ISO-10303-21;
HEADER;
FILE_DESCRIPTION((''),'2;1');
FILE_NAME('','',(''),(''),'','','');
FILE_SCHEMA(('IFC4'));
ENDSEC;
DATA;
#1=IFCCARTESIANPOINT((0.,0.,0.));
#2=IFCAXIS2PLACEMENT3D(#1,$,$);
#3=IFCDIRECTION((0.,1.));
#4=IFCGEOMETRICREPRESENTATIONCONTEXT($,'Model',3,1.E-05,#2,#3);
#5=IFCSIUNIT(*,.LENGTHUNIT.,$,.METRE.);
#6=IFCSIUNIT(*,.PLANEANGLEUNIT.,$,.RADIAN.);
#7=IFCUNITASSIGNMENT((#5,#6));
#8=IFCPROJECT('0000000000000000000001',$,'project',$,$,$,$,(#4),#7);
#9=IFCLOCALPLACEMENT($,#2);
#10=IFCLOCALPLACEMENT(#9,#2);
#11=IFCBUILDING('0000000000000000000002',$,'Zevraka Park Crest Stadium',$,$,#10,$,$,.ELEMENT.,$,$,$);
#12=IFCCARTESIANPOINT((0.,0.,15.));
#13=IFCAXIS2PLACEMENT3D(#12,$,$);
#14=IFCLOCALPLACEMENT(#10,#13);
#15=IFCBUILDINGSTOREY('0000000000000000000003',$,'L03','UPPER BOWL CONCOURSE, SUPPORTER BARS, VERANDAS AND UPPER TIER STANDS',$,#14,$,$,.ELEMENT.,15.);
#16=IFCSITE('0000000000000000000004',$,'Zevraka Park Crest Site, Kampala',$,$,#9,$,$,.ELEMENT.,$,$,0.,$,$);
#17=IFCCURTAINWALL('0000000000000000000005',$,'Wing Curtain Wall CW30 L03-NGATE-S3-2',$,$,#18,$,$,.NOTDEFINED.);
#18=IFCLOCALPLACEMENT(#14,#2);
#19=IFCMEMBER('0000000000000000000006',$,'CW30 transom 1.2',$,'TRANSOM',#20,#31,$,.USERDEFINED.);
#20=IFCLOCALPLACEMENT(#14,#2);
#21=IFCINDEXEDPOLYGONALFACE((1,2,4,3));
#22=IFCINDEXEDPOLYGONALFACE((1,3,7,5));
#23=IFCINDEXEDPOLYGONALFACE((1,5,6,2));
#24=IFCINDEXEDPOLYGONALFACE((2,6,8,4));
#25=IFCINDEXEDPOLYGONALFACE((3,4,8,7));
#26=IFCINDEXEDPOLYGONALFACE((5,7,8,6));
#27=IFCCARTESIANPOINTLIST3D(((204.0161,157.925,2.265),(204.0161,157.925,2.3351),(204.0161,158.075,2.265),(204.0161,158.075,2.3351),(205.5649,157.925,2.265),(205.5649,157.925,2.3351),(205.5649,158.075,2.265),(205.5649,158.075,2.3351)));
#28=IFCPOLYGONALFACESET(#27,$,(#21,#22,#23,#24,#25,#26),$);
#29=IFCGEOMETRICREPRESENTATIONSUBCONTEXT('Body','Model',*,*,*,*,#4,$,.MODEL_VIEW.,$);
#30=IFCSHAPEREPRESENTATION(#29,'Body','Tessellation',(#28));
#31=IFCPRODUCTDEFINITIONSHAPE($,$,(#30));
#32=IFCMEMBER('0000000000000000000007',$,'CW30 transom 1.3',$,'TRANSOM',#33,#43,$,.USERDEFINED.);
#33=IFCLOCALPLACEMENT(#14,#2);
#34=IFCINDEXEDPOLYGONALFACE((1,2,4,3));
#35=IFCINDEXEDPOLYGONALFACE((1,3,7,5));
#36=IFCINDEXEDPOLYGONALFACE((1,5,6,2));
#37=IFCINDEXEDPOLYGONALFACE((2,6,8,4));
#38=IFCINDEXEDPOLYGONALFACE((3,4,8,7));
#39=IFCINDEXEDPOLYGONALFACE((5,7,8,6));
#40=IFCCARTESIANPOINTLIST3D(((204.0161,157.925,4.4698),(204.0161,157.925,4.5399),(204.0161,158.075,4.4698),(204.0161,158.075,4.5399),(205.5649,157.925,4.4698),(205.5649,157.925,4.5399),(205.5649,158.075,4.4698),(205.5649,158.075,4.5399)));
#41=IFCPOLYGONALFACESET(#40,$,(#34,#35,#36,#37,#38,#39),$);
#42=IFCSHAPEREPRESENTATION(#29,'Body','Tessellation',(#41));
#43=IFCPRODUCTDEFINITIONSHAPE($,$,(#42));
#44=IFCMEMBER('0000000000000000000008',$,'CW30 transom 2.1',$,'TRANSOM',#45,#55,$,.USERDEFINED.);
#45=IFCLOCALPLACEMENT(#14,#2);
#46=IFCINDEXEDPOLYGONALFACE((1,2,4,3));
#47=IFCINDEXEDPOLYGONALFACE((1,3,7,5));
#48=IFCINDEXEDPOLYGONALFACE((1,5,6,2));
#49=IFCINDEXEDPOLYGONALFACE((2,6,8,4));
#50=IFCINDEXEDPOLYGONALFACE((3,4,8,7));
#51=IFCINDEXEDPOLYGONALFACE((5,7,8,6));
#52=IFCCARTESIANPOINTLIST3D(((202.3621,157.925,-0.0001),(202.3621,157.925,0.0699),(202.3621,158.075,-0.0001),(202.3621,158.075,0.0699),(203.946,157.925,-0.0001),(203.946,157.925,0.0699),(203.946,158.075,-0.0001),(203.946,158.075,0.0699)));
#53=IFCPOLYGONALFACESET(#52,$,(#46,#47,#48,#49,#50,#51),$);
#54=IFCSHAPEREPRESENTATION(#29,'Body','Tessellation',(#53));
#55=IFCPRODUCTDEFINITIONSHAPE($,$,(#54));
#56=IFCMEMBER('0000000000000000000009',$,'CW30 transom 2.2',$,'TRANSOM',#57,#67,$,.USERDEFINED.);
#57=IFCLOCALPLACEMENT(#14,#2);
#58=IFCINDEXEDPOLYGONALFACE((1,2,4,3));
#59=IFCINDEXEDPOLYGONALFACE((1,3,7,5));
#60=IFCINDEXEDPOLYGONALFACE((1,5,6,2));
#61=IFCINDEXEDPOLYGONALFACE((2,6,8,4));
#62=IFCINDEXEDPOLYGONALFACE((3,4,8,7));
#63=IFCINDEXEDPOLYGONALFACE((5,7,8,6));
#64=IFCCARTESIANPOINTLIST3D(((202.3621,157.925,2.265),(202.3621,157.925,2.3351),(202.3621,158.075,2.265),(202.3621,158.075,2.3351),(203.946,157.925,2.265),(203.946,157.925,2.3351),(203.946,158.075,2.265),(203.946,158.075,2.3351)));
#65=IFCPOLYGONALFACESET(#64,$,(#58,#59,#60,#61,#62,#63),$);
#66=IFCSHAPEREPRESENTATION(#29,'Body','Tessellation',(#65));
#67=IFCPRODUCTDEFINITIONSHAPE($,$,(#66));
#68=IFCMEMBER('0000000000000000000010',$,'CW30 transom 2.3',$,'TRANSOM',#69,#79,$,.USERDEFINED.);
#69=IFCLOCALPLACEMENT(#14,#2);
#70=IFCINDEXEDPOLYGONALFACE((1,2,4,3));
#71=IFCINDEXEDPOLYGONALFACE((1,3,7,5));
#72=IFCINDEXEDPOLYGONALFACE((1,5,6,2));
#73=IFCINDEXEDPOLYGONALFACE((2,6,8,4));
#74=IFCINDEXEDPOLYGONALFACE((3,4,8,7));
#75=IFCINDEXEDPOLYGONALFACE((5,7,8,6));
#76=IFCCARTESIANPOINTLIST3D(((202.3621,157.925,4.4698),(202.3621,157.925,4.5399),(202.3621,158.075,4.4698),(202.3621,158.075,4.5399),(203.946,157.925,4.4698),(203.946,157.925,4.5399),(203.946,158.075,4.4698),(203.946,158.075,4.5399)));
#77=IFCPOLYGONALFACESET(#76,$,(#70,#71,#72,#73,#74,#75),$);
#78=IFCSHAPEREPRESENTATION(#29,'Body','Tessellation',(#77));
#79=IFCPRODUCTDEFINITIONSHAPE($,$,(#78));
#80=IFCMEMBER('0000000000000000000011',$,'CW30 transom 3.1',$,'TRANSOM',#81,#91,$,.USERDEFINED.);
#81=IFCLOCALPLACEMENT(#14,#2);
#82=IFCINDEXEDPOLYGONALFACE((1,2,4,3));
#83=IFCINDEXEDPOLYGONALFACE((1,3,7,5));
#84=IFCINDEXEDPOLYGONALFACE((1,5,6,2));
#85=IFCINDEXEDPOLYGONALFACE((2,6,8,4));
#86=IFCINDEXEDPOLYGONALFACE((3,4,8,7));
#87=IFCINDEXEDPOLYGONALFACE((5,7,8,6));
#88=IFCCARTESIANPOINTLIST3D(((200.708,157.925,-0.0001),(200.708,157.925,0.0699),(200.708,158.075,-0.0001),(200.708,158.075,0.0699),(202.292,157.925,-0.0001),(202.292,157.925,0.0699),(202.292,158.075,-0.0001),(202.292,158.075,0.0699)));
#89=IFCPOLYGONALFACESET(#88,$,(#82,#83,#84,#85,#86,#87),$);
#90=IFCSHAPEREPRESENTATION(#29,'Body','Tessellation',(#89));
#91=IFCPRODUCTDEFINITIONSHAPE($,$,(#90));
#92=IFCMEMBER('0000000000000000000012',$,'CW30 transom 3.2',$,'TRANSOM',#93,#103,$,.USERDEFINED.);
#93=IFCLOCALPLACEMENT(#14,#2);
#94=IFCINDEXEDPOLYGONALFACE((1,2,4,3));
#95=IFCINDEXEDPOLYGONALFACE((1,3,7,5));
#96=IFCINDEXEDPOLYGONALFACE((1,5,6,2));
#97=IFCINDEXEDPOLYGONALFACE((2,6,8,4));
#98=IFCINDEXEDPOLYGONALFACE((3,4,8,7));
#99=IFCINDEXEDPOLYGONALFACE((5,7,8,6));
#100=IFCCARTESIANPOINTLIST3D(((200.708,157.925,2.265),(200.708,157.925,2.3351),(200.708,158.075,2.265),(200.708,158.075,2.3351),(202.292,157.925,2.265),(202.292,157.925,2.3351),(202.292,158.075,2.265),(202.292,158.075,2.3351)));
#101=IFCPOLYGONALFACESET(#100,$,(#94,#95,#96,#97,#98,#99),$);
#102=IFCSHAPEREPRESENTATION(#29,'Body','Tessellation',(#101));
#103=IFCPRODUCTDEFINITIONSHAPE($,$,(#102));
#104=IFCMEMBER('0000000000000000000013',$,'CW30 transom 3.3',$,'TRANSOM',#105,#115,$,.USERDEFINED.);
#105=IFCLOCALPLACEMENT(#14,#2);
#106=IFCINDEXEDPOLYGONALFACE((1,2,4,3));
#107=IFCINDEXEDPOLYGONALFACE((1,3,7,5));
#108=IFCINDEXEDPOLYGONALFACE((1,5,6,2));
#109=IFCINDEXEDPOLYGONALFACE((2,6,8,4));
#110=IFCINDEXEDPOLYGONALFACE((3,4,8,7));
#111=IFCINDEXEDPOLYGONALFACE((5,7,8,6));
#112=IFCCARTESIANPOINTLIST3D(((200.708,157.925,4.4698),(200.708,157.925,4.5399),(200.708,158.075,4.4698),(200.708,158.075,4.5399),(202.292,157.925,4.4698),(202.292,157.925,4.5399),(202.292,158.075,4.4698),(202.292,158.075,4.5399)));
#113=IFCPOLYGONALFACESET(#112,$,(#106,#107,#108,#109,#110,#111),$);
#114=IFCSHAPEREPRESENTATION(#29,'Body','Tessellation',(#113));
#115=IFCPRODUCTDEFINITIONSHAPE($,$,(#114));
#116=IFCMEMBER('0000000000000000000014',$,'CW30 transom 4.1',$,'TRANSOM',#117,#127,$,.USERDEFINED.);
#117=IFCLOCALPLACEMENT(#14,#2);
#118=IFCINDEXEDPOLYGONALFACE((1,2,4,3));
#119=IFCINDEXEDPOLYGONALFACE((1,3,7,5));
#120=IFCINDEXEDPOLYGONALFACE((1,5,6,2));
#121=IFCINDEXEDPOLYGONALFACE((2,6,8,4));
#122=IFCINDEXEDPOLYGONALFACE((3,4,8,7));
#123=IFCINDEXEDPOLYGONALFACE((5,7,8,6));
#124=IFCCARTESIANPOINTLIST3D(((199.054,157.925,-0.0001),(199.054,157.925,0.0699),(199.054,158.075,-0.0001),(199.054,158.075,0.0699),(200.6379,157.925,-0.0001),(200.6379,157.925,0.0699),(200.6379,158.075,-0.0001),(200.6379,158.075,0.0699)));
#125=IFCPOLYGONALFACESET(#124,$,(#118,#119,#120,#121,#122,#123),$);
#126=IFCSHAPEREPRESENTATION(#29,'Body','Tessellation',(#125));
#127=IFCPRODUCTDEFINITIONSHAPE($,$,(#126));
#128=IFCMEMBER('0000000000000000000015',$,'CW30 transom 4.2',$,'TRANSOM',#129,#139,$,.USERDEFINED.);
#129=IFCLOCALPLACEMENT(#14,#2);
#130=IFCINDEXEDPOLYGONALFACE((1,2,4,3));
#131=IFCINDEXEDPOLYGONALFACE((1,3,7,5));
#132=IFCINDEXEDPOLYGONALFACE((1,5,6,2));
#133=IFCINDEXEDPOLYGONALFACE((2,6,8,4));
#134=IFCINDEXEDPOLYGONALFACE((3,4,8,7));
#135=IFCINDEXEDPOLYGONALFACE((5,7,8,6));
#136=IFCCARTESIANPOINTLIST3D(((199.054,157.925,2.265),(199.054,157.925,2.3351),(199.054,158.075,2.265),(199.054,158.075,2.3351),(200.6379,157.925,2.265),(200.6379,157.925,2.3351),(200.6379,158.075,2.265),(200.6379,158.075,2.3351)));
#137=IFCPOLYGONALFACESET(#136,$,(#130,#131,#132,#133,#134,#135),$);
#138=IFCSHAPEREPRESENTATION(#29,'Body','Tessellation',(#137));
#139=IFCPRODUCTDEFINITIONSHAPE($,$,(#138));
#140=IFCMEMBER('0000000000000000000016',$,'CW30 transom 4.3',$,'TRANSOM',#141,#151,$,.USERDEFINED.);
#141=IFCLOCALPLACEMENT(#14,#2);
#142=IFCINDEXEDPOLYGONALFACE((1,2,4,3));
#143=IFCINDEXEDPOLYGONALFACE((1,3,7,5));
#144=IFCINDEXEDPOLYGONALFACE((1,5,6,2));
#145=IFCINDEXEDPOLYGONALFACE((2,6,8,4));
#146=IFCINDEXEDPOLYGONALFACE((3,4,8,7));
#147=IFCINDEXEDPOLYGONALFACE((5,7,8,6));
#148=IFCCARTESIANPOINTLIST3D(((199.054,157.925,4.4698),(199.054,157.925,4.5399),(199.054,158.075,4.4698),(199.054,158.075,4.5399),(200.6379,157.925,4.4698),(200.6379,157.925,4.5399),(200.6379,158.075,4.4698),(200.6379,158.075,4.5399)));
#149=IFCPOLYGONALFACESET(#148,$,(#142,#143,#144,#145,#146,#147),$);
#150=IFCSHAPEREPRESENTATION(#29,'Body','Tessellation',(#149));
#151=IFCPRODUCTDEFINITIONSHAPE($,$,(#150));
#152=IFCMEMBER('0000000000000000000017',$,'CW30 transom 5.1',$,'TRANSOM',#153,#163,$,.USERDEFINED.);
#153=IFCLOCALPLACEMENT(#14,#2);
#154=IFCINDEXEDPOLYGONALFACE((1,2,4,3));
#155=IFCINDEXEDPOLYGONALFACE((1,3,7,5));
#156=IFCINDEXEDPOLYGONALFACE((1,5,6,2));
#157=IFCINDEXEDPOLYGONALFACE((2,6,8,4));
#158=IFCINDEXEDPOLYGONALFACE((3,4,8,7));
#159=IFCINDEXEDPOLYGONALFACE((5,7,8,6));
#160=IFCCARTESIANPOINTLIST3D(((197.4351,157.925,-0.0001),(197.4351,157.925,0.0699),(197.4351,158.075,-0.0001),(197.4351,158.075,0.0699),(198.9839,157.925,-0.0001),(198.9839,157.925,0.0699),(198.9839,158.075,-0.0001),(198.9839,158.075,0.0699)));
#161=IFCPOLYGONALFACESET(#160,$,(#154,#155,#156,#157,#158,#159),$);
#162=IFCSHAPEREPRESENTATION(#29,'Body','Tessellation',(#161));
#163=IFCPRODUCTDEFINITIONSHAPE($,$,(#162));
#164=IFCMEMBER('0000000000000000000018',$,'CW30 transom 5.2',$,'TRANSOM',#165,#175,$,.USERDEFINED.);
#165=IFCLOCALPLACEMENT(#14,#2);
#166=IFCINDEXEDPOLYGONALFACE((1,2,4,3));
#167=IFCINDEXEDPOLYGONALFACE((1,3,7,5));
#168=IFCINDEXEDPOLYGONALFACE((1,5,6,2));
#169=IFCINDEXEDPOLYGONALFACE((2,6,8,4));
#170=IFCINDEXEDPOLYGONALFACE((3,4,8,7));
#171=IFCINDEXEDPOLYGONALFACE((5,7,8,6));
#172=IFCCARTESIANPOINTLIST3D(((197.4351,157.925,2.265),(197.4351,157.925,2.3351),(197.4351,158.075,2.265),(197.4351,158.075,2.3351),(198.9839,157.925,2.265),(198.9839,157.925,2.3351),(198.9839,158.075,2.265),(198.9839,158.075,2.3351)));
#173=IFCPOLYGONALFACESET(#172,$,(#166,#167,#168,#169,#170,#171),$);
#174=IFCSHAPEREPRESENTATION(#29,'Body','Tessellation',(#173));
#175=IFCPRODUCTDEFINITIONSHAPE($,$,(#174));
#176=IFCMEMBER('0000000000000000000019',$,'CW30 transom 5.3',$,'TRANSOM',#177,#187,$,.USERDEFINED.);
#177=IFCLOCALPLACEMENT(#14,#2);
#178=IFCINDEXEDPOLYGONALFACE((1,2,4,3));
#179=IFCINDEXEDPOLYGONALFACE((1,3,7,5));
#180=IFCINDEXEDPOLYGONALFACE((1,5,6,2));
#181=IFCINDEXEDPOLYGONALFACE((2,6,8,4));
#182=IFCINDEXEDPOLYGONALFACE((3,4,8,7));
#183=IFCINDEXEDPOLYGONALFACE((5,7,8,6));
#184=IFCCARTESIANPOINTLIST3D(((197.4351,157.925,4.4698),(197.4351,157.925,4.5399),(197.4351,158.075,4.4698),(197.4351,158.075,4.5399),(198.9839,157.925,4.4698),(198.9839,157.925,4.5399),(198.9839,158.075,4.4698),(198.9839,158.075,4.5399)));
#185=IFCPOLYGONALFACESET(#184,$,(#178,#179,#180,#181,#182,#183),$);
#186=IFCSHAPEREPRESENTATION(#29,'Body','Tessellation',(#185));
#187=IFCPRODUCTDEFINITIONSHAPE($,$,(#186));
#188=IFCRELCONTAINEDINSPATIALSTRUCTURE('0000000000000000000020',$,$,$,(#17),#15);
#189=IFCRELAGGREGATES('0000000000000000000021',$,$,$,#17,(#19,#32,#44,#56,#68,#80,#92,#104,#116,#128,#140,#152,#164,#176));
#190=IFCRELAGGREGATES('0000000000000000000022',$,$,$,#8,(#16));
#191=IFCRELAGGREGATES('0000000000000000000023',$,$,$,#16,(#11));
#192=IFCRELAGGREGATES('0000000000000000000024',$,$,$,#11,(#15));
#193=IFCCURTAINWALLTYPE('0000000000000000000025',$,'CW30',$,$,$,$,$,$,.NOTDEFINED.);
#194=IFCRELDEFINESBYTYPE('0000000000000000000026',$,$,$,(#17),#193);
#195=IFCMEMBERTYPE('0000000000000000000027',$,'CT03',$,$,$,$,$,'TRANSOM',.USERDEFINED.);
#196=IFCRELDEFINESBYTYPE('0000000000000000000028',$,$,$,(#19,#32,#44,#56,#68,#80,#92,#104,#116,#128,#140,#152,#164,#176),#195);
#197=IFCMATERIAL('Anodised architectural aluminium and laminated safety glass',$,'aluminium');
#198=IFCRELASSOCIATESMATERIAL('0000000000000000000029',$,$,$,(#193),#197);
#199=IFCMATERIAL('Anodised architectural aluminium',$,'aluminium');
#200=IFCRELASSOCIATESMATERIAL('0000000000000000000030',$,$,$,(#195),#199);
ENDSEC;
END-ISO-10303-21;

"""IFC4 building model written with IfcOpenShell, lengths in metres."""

from ifc_helpers import new_model, si_unit, direction, frame, origin, origin_2d, place, context, subcontext, project, spatial, rectangle, extrude, material, material_profile, profile_set, type_object, element, aggregate, save


model = new_model("IFC4")

# Units and contexts
model_context = context("Model", 3, precision=1e-05, world=origin(), true_north=direction((0.0, 1.0)))
body_context = subcontext(model_context, "Body", "Model", "MODEL_VIEW")
ifc_project = project(units=[si_unit("LENGTHUNIT", "METRE"), si_unit("PLANEANGLEUNIT", "RADIAN")], contexts=[model_context])

# Site, building, storey
site_placement = place(None, origin())
site = spatial("IfcSite", under=ifc_project, at=site_placement, Name="Zevraka Park Crest Site, Kampala", CompositionType="ELEMENT", RefElevation=0.0)
building_placement = place(site_placement, origin())
building = spatial("IfcBuilding", under=site, at=building_placement, Name="Zevraka Park Crest Stadium", CompositionType="ELEMENT")
storey_placement = place(building_placement, frame((0.0, 0.0, 15.0)))
storey = spatial("IfcBuildingStorey", under=building, at=storey_placement, Name="L03", Description="UPPER BOWL CONCOURSE, SUPPORTER BARS, VERANDAS AND UPPER TIER STANDS", CompositionType="ELEMENT", Elevation=15.0)

# Curtain wall, members
ifc_material_1 = material(Name="Anodised architectural aluminium and laminated safety glass", Category="aluminium")
curtain_wall_type = type_object("IfcCurtainWallType", Name="CW30", PredefinedType="NOTDEFINED", material=ifc_material_1)
curtain_wall_placement = place(storey_placement, origin())
curtain_wall = element("IfcCurtainWall", 1, at=curtain_wall_placement, inside=storey, type_object=curtain_wall_type, Name="Wing Curtain Wall CW30 L03-NGATE-S3-2", PredefinedType="NOTDEFINED")
ifc_material_2 = material(Name="Anodised architectural aluminium", Category="aluminium")
ifc_material_profile_1 = material_profile(ifc_material_2, rectangle(XDim=0.1499, YDim=0.0701, at=origin_2d()), Name="ALU TRANSOM 150x70")
ifc_profile_set_1 = profile_set([ifc_material_profile_1], Name="Anodised architectural aluminium")
member_type_1 = type_object("IfcMemberType", Name="CT03", ElementType="TRANSOM", PredefinedType="USERDEFINED", material=ifc_profile_set_1)
member_1_placement = place(storey_placement, frame((205.5649, 158.0, 2.3), z_axis=(-1.0, 0.0, 0.0), x_axis=(0.0, -1.0, 0.0)))
member_1 = element("IfcMember", 2, at=member_1_placement, type_object=member_type_1, Name="CW30 transom 1.2", ObjectType="TRANSOM", PredefinedType="USERDEFINED", context=body_context, shape_type="SweptSolid", body=[
    extrude(rectangle(XDim=0.1499, YDim=0.0701, at=origin_2d()), origin(), (0.0, 0.0, 1.0), 1.5488),
])
member_2_placement = place(storey_placement, frame((205.5649, 158.0, 4.5049), z_axis=(-1.0, 0.0, 0.0), x_axis=(0.0, -1.0, 0.0)))
member_2 = element("IfcMember", 3, at=member_2_placement, type_object=member_type_1, Name="CW30 transom 1.3", ObjectType="TRANSOM", PredefinedType="USERDEFINED", context=body_context, shape_type="SweptSolid", body=[
    extrude(rectangle(XDim=0.1499, YDim=0.0701, at=origin_2d()), origin(), (0.0, 0.0, 1.0), 1.5488),
])
member_3_placement = place(storey_placement, frame((203.946, 158.0, 0.0349), z_axis=(-1.0, 0.0, 0.0), x_axis=(0.0, -1.0, 0.0)))
member_3 = element("IfcMember", 4, at=member_3_placement, type_object=member_type_1, Name="CW30 transom 2.1", ObjectType="TRANSOM", PredefinedType="USERDEFINED", context=body_context, shape_type="SweptSolid", body=[
    extrude(rectangle(XDim=0.1499, YDim=0.0701, at=origin_2d()), origin(), (0.0, 0.0, 1.0), 1.584),
])
member_4_placement = place(storey_placement, frame((203.946, 158.0, 2.3), z_axis=(-1.0, 0.0, 0.0), x_axis=(0.0, -1.0, 0.0)))
member_4 = element("IfcMember", 5, at=member_4_placement, type_object=member_type_1, Name="CW30 transom 2.2", ObjectType="TRANSOM", PredefinedType="USERDEFINED", context=body_context, shape_type="SweptSolid", body=[
    extrude(rectangle(XDim=0.1499, YDim=0.0701, at=origin_2d()), origin(), (0.0, 0.0, 1.0), 1.584),
])
member_5_placement = place(storey_placement, frame((203.946, 158.0, 4.5049), z_axis=(-1.0, 0.0, 0.0), x_axis=(0.0, -1.0, 0.0)))
member_5 = element("IfcMember", 6, at=member_5_placement, type_object=member_type_1, Name="CW30 transom 2.3", ObjectType="TRANSOM", PredefinedType="USERDEFINED", context=body_context, shape_type="SweptSolid", body=[
    extrude(rectangle(XDim=0.1499, YDim=0.0701, at=origin_2d()), origin(), (0.0, 0.0, 1.0), 1.584),
])
member_6_placement = place(storey_placement, frame((202.292, 158.0, 0.0349), z_axis=(-1.0, 0.0, 0.0), x_axis=(0.0, -1.0, 0.0)))
member_6 = element("IfcMember", 7, at=member_6_placement, type_object=member_type_1, Name="CW30 transom 3.1", ObjectType="TRANSOM", PredefinedType="USERDEFINED", context=body_context, shape_type="SweptSolid", body=[
    extrude(rectangle(XDim=0.1499, YDim=0.0701, at=origin_2d()), origin(), (0.0, 0.0, 1.0), 1.584),
])
member_7_placement = place(storey_placement, frame((202.292, 158.0, 2.3), z_axis=(-1.0, 0.0, 0.0), x_axis=(0.0, -1.0, 0.0)))
member_7 = element("IfcMember", 8, at=member_7_placement, type_object=member_type_1, Name="CW30 transom 3.2", ObjectType="TRANSOM", PredefinedType="USERDEFINED", context=body_context, shape_type="SweptSolid", body=[
    extrude(rectangle(XDim=0.1499, YDim=0.0701, at=origin_2d()), origin(), (0.0, 0.0, 1.0), 1.584),
])
member_8_placement = place(storey_placement, frame((202.292, 158.0, 4.5049), z_axis=(-1.0, 0.0, 0.0), x_axis=(0.0, -1.0, 0.0)))
member_8 = element("IfcMember", 9, at=member_8_placement, type_object=member_type_1, Name="CW30 transom 3.3", ObjectType="TRANSOM", PredefinedType="USERDEFINED", context=body_context, shape_type="SweptSolid", body=[
    extrude(rectangle(XDim=0.1499, YDim=0.0701, at=origin_2d()), origin(), (0.0, 0.0, 1.0), 1.584),
])
member_9_placement = place(storey_placement, frame((200.6379, 158.0, 0.0349), z_axis=(-1.0, 0.0, 0.0), x_axis=(0.0, -1.0, 0.0)))
member_9 = element("IfcMember", 10, at=member_9_placement, type_object=member_type_1, Name="CW30 transom 4.1", ObjectType="TRANSOM", PredefinedType="USERDEFINED", context=body_context, shape_type="SweptSolid", body=[
    extrude(rectangle(XDim=0.1499, YDim=0.0701, at=origin_2d()), origin(), (0.0, 0.0, 1.0), 1.584),
])
member_10_placement = place(storey_placement, frame((200.6379, 158.0, 2.3), z_axis=(-1.0, 0.0, 0.0), x_axis=(0.0, -1.0, 0.0)))
member_10 = element("IfcMember", 11, at=member_10_placement, type_object=member_type_1, Name="CW30 transom 4.2", ObjectType="TRANSOM", PredefinedType="USERDEFINED", context=body_context, shape_type="SweptSolid", body=[
    extrude(rectangle(XDim=0.1499, YDim=0.0701, at=origin_2d()), origin(), (0.0, 0.0, 1.0), 1.584),
])
member_11_placement = place(storey_placement, frame((200.6379, 158.0, 4.5049), z_axis=(-1.0, 0.0, 0.0), x_axis=(0.0, -1.0, 0.0)))
member_11 = element("IfcMember", 12, at=member_11_placement, type_object=member_type_1, Name="CW30 transom 4.3", ObjectType="TRANSOM", PredefinedType="USERDEFINED", context=body_context, shape_type="SweptSolid", body=[
    extrude(rectangle(XDim=0.1499, YDim=0.0701, at=origin_2d()), origin(), (0.0, 0.0, 1.0), 1.584),
])
member_12_placement = place(storey_placement, frame((198.9839, 158.0, 0.0349), z_axis=(-1.0, 0.0, 0.0), x_axis=(0.0, -1.0, 0.0)))
member_12 = element("IfcMember", 13, at=member_12_placement, type_object=member_type_1, Name="CW30 transom 5.1", ObjectType="TRANSOM", PredefinedType="USERDEFINED", context=body_context, shape_type="SweptSolid", body=[
    extrude(rectangle(XDim=0.1499, YDim=0.0701, at=origin_2d()), origin(), (0.0, 0.0, 1.0), 1.5488),
])
member_13_placement = place(storey_placement, frame((198.9839, 158.0, 2.3), z_axis=(-1.0, 0.0, 0.0), x_axis=(0.0, -1.0, 0.0)))
member_13 = element("IfcMember", 14, at=member_13_placement, type_object=member_type_1, Name="CW30 transom 5.2", ObjectType="TRANSOM", PredefinedType="USERDEFINED", context=body_context, shape_type="SweptSolid", body=[
    extrude(rectangle(XDim=0.1499, YDim=0.0701, at=origin_2d()), origin(), (0.0, 0.0, 1.0), 1.5488),
])
member_14_placement = place(storey_placement, frame((198.9839, 158.0, 4.5049), z_axis=(-1.0, 0.0, 0.0), x_axis=(0.0, -1.0, 0.0)))
member_14 = element("IfcMember", 15, at=member_14_placement, type_object=member_type_1, Name="CW30 transom 5.3", ObjectType="TRANSOM", PredefinedType="USERDEFINED", context=body_context, shape_type="SweptSolid", body=[
    extrude(rectangle(XDim=0.1499, YDim=0.0701, at=origin_2d()), origin(), (0.0, 0.0, 1.0), 1.5488),
])

aggregate(curtain_wall, [member_1, member_2, member_3, member_4, member_5, member_6, member_7, member_8, member_9, member_10, member_11, member_12, member_13, member_14])

save(model, "model.ifc")
